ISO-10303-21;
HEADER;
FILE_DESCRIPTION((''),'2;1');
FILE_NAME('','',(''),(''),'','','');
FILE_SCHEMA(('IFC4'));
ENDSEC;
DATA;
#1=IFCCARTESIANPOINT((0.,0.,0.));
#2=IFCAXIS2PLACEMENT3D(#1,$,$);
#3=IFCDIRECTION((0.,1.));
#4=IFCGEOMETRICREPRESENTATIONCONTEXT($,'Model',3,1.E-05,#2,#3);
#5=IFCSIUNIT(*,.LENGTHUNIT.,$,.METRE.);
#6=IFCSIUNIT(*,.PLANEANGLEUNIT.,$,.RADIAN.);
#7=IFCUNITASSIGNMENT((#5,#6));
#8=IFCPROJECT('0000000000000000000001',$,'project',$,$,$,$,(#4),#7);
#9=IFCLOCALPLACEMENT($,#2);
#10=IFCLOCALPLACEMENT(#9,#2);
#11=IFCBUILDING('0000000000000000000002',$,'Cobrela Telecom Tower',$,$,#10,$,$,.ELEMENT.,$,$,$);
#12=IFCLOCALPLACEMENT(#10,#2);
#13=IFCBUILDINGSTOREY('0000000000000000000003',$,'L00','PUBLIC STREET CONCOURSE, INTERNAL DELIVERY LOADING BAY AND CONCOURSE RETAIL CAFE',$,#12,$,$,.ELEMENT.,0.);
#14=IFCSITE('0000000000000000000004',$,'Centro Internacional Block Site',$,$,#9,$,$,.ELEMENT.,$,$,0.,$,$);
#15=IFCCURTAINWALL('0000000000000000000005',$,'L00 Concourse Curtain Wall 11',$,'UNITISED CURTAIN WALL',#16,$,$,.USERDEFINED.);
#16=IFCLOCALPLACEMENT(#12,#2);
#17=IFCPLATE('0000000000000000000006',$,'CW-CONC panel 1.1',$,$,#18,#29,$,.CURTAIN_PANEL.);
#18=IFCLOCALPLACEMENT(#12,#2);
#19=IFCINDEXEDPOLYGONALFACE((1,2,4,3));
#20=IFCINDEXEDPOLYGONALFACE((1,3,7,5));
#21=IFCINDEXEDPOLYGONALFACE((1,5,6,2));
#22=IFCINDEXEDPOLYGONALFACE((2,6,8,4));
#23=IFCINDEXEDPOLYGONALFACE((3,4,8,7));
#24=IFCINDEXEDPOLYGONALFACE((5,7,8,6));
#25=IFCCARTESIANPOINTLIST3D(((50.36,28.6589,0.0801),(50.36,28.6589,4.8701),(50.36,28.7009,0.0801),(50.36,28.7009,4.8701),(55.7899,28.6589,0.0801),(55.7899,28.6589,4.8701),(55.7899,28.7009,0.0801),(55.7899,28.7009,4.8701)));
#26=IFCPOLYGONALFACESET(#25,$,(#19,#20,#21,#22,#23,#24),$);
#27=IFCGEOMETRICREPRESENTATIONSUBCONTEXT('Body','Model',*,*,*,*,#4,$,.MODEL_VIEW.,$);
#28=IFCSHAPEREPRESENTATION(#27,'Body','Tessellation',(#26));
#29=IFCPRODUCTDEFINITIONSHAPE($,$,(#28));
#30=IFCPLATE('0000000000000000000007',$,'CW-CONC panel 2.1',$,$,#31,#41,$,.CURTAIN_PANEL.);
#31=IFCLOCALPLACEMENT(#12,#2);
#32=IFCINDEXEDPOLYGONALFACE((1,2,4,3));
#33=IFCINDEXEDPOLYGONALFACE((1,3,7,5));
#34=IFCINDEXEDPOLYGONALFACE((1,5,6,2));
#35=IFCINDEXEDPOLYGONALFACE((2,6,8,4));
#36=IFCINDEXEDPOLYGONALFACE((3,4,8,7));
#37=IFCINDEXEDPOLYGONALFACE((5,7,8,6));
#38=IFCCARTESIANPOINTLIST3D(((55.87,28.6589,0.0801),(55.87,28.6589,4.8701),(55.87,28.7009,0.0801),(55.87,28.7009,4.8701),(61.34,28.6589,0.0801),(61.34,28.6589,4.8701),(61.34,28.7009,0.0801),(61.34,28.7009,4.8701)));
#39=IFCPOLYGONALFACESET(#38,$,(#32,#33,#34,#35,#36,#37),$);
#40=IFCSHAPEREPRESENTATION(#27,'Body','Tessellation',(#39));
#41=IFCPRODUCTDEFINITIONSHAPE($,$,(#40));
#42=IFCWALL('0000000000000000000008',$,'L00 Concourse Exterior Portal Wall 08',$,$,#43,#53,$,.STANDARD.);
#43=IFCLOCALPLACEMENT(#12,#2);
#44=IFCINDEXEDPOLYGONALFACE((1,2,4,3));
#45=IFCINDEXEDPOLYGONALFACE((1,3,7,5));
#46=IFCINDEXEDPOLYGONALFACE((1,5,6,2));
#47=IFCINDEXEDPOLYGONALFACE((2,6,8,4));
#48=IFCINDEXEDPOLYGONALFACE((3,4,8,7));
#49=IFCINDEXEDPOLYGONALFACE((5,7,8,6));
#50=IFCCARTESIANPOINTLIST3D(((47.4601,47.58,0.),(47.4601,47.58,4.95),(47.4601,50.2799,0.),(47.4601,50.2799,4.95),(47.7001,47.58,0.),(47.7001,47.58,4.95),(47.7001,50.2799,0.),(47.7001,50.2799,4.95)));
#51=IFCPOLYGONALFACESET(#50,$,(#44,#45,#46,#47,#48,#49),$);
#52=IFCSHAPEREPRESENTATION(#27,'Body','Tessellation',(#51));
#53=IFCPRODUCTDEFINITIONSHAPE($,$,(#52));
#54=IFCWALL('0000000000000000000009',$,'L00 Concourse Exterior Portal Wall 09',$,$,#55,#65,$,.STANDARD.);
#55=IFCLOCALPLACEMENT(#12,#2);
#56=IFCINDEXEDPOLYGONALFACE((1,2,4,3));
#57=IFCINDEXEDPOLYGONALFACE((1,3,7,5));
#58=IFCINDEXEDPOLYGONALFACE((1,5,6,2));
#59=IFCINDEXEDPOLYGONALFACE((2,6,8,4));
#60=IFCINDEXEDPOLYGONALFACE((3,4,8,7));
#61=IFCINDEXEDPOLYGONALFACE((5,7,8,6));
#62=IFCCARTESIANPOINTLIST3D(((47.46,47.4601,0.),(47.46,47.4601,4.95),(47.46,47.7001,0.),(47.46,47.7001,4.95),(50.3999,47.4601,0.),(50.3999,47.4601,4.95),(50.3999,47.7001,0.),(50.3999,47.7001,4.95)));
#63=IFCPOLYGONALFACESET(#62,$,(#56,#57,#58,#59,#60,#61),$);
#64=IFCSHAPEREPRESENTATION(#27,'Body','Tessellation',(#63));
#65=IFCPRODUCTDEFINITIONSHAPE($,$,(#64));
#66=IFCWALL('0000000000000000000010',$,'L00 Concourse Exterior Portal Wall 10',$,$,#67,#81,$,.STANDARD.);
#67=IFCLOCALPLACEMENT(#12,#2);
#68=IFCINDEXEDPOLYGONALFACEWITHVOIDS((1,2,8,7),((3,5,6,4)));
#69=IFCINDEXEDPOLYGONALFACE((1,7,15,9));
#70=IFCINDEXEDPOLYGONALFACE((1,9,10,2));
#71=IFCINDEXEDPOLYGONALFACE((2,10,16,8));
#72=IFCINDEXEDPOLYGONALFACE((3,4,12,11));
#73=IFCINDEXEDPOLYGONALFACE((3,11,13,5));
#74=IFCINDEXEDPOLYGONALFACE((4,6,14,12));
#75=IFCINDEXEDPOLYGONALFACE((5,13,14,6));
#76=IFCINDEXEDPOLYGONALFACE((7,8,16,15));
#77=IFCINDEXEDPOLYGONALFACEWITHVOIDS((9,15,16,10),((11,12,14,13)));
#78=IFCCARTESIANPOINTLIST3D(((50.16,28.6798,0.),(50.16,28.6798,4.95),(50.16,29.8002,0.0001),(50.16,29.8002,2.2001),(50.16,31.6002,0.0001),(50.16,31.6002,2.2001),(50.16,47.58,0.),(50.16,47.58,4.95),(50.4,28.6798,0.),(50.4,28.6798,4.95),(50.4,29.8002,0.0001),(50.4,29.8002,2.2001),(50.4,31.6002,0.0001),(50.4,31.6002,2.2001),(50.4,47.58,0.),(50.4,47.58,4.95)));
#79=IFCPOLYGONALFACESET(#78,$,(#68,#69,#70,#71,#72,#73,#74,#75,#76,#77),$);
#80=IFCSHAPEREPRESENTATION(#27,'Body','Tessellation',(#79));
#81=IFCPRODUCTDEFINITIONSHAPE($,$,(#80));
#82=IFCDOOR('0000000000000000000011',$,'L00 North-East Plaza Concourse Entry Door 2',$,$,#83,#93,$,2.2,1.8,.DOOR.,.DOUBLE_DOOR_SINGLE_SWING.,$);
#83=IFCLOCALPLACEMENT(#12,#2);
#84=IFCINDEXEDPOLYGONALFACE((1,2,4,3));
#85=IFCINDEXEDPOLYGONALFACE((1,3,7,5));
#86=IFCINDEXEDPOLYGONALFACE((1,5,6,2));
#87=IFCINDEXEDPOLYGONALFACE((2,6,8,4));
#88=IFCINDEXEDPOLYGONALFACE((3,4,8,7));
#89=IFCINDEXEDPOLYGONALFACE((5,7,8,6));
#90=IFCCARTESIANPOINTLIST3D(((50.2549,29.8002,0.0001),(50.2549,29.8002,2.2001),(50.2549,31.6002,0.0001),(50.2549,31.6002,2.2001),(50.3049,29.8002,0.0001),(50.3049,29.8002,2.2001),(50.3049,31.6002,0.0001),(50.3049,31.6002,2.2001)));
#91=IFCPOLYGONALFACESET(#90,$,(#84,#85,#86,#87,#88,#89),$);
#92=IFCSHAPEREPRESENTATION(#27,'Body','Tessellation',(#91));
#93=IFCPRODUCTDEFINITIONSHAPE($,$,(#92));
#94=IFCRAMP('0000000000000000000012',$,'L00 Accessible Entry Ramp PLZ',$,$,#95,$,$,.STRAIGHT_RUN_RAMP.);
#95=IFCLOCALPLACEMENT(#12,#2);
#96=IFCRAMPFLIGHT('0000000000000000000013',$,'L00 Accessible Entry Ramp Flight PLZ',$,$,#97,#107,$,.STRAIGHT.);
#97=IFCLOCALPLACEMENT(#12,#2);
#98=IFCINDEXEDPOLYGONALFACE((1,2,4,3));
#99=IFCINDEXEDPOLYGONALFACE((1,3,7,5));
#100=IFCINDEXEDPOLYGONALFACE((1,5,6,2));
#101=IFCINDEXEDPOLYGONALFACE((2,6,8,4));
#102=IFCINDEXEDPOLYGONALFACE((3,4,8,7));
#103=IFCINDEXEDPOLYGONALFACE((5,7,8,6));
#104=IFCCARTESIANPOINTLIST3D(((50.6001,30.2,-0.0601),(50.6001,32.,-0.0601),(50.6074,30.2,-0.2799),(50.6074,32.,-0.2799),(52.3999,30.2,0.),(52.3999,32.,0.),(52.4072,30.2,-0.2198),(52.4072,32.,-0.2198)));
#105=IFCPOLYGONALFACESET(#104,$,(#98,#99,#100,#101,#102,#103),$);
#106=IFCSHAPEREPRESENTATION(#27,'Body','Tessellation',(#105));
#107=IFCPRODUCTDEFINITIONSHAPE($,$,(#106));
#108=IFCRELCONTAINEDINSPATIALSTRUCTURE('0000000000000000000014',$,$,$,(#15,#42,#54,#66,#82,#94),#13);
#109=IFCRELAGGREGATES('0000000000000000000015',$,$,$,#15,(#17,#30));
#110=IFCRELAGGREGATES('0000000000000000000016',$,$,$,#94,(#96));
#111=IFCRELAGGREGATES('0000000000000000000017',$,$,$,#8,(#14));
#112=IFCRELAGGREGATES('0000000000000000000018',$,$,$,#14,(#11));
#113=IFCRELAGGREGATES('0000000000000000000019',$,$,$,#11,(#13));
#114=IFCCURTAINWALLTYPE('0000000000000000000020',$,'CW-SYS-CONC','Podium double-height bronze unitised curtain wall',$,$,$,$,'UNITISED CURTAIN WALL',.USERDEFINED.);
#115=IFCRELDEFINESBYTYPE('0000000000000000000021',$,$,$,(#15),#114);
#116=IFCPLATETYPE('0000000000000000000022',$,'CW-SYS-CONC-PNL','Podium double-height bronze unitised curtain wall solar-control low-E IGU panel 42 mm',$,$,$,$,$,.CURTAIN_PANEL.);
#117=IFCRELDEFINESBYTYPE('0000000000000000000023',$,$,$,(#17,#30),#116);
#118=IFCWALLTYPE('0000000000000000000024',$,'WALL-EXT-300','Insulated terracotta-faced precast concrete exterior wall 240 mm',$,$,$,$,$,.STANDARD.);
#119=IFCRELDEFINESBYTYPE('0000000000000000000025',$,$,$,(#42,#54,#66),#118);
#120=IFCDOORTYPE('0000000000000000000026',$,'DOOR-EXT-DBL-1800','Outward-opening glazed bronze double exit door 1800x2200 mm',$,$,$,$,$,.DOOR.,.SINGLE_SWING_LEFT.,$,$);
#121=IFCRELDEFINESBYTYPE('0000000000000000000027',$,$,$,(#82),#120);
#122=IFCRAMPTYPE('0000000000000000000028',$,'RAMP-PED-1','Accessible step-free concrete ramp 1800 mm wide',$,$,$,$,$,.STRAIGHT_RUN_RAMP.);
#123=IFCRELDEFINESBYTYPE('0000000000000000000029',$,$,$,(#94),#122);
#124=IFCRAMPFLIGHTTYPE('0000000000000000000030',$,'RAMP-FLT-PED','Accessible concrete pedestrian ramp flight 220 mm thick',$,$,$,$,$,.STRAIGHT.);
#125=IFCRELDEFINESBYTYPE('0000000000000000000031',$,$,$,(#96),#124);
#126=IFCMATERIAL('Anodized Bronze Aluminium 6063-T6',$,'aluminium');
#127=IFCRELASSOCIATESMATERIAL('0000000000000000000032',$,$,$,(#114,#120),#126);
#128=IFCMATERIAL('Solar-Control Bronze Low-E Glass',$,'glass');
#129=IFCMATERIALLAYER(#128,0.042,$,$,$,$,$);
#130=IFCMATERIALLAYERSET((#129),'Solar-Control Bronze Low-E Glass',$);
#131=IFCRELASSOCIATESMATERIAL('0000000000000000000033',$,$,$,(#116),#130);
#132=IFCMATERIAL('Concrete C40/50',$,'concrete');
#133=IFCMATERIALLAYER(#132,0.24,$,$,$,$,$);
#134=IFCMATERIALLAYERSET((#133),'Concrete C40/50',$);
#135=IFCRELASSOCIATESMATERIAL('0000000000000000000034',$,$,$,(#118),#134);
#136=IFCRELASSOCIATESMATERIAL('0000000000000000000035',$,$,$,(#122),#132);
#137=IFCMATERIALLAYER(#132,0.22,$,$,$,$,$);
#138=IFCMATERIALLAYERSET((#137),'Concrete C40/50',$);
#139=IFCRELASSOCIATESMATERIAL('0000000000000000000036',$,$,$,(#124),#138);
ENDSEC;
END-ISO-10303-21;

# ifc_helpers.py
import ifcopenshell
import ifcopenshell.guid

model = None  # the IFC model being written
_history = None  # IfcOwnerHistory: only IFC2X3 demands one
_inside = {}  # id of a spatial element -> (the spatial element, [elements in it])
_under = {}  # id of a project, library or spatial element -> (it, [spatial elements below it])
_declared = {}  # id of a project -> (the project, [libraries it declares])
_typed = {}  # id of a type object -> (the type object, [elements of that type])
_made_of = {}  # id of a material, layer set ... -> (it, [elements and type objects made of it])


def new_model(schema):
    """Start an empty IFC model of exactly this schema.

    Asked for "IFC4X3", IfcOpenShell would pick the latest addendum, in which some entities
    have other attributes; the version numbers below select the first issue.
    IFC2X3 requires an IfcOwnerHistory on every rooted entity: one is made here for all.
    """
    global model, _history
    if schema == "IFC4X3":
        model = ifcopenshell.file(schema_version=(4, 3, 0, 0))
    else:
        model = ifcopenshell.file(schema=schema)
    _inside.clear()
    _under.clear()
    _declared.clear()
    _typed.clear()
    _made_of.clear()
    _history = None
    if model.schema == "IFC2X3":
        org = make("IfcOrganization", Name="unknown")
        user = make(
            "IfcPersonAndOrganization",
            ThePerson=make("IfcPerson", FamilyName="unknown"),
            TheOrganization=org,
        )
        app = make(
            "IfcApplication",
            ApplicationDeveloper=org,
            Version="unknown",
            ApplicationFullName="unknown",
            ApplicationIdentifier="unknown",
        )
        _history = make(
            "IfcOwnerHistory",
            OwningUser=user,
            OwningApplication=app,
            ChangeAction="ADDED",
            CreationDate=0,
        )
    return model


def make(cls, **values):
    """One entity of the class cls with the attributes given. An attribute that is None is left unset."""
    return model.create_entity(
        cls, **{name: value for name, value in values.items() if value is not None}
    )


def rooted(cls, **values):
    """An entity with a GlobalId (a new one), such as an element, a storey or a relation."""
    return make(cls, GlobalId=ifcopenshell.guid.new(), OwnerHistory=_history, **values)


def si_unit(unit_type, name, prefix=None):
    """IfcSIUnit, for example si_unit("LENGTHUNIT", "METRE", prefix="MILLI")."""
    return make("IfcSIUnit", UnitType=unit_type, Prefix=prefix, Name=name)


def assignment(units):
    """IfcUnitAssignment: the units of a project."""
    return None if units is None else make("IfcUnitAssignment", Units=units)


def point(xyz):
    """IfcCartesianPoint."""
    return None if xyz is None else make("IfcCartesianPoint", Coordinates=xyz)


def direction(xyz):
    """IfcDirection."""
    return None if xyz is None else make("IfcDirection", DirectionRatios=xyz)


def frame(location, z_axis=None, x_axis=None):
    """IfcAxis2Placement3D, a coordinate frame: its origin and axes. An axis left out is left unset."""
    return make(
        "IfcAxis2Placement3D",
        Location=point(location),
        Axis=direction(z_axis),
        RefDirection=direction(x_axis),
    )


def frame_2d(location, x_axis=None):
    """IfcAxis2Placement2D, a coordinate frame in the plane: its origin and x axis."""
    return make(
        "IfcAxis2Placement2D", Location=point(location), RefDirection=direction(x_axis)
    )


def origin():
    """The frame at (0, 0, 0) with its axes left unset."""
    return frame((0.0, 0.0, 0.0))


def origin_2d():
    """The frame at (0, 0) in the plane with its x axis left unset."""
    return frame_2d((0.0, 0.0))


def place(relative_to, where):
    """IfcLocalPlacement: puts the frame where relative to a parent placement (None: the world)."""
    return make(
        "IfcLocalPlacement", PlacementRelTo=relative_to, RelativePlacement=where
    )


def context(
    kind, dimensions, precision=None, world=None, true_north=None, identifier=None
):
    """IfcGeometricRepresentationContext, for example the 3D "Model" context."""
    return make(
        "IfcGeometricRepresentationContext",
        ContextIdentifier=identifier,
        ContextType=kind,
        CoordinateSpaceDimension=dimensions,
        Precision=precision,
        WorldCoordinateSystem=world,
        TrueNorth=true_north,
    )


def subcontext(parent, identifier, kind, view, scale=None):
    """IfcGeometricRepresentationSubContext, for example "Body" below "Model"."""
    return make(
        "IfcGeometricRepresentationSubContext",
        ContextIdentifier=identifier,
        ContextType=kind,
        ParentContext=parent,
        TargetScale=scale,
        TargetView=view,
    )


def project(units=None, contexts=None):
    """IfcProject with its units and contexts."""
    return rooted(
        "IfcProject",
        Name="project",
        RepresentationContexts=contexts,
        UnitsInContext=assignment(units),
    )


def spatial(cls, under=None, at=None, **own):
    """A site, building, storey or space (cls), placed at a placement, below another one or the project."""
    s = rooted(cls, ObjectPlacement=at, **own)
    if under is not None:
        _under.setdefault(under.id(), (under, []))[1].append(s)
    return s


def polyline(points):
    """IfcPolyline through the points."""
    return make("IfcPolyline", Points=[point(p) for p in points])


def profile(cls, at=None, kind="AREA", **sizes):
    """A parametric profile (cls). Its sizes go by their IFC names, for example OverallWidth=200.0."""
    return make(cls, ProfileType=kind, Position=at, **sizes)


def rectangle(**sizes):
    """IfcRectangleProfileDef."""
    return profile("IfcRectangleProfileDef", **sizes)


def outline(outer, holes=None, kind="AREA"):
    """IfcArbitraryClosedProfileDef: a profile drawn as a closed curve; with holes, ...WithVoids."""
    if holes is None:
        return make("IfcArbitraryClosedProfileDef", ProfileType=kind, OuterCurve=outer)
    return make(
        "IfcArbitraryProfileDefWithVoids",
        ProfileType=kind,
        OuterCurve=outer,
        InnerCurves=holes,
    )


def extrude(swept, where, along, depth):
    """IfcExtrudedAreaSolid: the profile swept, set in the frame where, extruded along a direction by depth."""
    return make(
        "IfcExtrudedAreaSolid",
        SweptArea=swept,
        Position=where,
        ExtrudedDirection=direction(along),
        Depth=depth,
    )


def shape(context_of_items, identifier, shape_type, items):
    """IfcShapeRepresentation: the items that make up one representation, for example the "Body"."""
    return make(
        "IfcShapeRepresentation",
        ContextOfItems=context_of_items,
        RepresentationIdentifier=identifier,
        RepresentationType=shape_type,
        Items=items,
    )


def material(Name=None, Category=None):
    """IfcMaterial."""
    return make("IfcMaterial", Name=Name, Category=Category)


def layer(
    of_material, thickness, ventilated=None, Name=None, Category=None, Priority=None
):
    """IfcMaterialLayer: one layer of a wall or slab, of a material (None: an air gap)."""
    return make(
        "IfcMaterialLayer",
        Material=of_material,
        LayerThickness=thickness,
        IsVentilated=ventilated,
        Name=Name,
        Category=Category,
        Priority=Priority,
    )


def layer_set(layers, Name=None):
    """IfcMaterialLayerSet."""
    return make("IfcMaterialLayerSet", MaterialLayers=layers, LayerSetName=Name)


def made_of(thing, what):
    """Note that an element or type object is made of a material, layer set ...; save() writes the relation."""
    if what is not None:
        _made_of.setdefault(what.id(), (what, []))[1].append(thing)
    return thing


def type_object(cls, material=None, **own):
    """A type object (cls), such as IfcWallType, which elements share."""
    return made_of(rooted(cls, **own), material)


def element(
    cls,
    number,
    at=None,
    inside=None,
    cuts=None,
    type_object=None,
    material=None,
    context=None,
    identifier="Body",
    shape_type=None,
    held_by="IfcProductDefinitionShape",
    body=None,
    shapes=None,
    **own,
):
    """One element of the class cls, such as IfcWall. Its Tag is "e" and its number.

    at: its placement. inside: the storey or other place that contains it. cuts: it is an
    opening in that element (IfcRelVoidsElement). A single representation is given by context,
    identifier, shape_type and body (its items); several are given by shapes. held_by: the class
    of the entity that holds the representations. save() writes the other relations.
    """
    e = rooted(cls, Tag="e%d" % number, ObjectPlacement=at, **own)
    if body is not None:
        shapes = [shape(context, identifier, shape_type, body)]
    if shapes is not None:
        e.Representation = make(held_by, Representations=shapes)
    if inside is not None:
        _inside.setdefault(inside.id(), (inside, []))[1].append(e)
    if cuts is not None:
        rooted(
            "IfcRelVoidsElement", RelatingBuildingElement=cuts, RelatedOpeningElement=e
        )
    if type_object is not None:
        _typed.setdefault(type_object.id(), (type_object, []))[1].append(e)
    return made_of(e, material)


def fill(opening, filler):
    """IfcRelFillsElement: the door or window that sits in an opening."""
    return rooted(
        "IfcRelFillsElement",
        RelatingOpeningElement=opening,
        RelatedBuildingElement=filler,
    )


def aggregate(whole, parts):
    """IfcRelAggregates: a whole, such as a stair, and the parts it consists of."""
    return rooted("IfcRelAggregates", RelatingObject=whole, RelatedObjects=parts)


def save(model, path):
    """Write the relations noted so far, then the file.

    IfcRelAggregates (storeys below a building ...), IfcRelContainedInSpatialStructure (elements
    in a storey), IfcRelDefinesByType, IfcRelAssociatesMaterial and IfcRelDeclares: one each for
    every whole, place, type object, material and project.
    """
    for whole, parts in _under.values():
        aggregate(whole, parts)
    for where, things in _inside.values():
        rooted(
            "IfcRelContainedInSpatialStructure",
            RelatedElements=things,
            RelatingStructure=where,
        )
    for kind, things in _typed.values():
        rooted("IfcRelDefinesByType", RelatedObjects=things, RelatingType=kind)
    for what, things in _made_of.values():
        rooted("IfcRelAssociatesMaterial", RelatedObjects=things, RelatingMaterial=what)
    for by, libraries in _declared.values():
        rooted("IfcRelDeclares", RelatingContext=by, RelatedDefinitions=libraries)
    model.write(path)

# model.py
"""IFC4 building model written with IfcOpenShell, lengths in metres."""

from ifc_helpers import new_model, si_unit, direction, frame, frame_2d, origin, origin_2d, place, context, subcontext, project, spatial, polyline, rectangle, outline, extrude, material, layer, layer_set, type_object, element, fill, aggregate, save


model = new_model("IFC4")

# Units and contexts
model_context = context("Model", 3, precision=1e-05, world=origin(), true_north=direction((0.0, 1.0)))
body_context = subcontext(model_context, "Body", "Model", "MODEL_VIEW")
ifc_project = project(units=[si_unit("LENGTHUNIT", "METRE"), si_unit("PLANEANGLEUNIT", "RADIAN")], contexts=[model_context])

# Site, building, storey
site_placement = place(None, origin())
site = spatial("IfcSite", under=ifc_project, at=site_placement, Name="Centro Internacional Block Site", CompositionType="ELEMENT", RefElevation=0.0)
building_placement = place(site_placement, origin())
building = spatial("IfcBuilding", under=site, at=building_placement, Name="Cobrela Telecom Tower", CompositionType="ELEMENT")
storey_placement = place(building_placement, origin())
storey = spatial("IfcBuildingStorey", under=building, at=storey_placement, Name="L00", Description="PUBLIC STREET CONCOURSE, INTERNAL DELIVERY LOADING BAY AND CONCOURSE RETAIL CAFE", CompositionType="ELEMENT", Elevation=0.0)

# Shared definitions
ifc_material_1 = material(Name="Concrete C40/50", Category="concrete")

# Curtain wall, plates
ifc_material_2 = material(Name="Anodized Bronze Aluminium 6063-T6", Category="aluminium")
curtain_wall_type = type_object("IfcCurtainWallType", Name="CW-SYS-CONC", Description="Podium double-height bronze unitised curtain wall", ElementType="UNITISED CURTAIN WALL", PredefinedType="USERDEFINED", material=ifc_material_2)
curtain_wall_placement = place(storey_placement, origin())
curtain_wall = element("IfcCurtainWall", 1, at=curtain_wall_placement, inside=storey, type_object=curtain_wall_type, Name="L00 Concourse Curtain Wall 11", ObjectType="UNITISED CURTAIN WALL", PredefinedType="USERDEFINED")
ifc_material_3 = material(Name="Solar-Control Bronze Low-E Glass", Category="glass")
ifc_layer_1 = layer(ifc_material_3, 0.042)
ifc_layer_set_1 = layer_set([ifc_layer_1], Name="Solar-Control Bronze Low-E Glass")
plate_type = type_object("IfcPlateType", Name="CW-SYS-CONC-PNL", Description="Podium double-height bronze unitised curtain wall solar-control low-E IGU panel 42 mm", PredefinedType="CURTAIN_PANEL", material=ifc_layer_set_1)
plate_1_placement = place(storey_placement, frame((53.075, 28.6799, 0.0801), z_axis=(0.0, 0.0, 1.0), x_axis=(1.0, 0.0, 0.0)))
plate_1 = element("IfcPlate", 2, at=plate_1_placement, type_object=plate_type, Name="CW-CONC panel 1.1", PredefinedType="CURTAIN_PANEL", context=body_context, shape_type="SweptSolid", body=[
    extrude(rectangle(XDim=5.4299, YDim=0.042, at=origin_2d()), origin(), (0.0, 0.0, 1.0), 4.79),
])
plate_2_placement = place(storey_placement, frame((58.605, 28.6799, 0.0801), z_axis=(0.0, 0.0, 1.0), x_axis=(1.0, 0.0, 0.0)))
plate_2 = element("IfcPlate", 3, at=plate_2_placement, type_object=plate_type, Name="CW-CONC panel 2.1", PredefinedType="CURTAIN_PANEL", context=body_context, shape_type="SweptSolid", body=[
    extrude(rectangle(XDim=5.47, YDim=0.042, at=origin_2d()), origin(), (0.0, 0.0, 1.0), 4.79),
])
aggregate(curtain_wall, [plate_1, plate_2])

# Walls
ifc_layer_2 = layer(ifc_material_1, 0.24)
ifc_layer_set_2 = layer_set([ifc_layer_2], Name="Concrete C40/50")
wall_type = type_object("IfcWallType", Name="WALL-EXT-300", Description="Insulated terracotta-faced precast concrete exterior wall 240 mm", PredefinedType="STANDARD", material=ifc_layer_set_2)
wall_1_placement = place(storey_placement, frame((47.5801, 50.28, 0.0), z_axis=(0.0, 0.0, 1.0), x_axis=(0.0, -1.0, 0.0)))
element("IfcWall", 4, at=wall_1_placement, inside=storey, type_object=wall_type, Name="L00 Concourse Exterior Portal Wall 08", PredefinedType="STANDARD", context=body_context, shape_type="SweptSolid", body=[
    extrude(rectangle(XDim=2.7, YDim=0.24, at=frame_2d((1.3501, 0.0))), origin(), (0.0, 0.0, 1.0), 4.95),
])
wall_2_placement = place(storey_placement, frame((47.46, 47.5801, 0.0), z_axis=(0.0, 0.0, 1.0), x_axis=(1.0, 0.0, 0.0)))
element("IfcWall", 5, at=wall_2_placement, inside=storey, type_object=wall_type, Name="L00 Concourse Exterior Portal Wall 09", PredefinedType="STANDARD", context=body_context, shape_type="SweptSolid", body=[
    extrude(rectangle(XDim=2.9399, YDim=0.24, at=frame_2d((1.47, 0.0))), origin(), (0.0, 0.0, 1.0), 4.95),
])

# Wall, opening, door
wall_3_placement = place(storey_placement, frame((50.28, 47.5801, 0.0), z_axis=(0.0, 0.0, 1.0), x_axis=(0.0, -1.0, 0.0)))
wall_3 = element("IfcWall", 6, at=wall_3_placement, inside=storey, type_object=wall_type, Name="L00 Concourse Exterior Portal Wall 10", PredefinedType="STANDARD", context=body_context, shape_type="SweptSolid", body=[
    extrude(rectangle(XDim=18.9001, YDim=0.24, at=frame_2d((9.4502, 0.0))), origin(), (0.0, 0.0, 1.0), 4.95),
])
opening_placement = place(wall_3_placement, frame((15.98, 0.0, 0.0)))
opening = element("IfcOpeningElement", 7, at=opening_placement, cuts=wall_3, PredefinedType="OPENING", context=body_context, shape_type="SweptSolid", body=[
    extrude(rectangle(XDim=1.8, YDim=2.2, at=frame_2d((0.8999, 1.1001))), frame((0.0, 0.1318, 0.0), z_axis=(0.0, -1.0, 0.0), x_axis=(1.0, 0.0, 0.0)), (0.0, 0.0, 1.0), 0.2639),
])
door_type = type_object("IfcDoorType", Name="DOOR-EXT-DBL-1800", Description="Outward-opening glazed bronze double exit door 1800x2200 mm", OperationType="SINGLE_SWING_LEFT", PredefinedType="DOOR", material=ifc_material_2)
door_placement = place(opening_placement, origin())
door = element("IfcDoor", 8, at=door_placement, inside=storey, type_object=door_type, Name="L00 North-East Plaza Concourse Entry Door 2", OperationType="DOUBLE_DOOR_SINGLE_SWING", OverallHeight=2.2, OverallWidth=1.8, PredefinedType="DOOR", context=body_context, shape_type="SweptSolid", body=[
    extrude(rectangle(XDim=1.8, YDim=2.2, at=frame_2d((0.8999, 1.1001))), frame((0.0, 0.0249, 0.0), z_axis=(0.0, -1.0, 0.0), x_axis=(1.0, 0.0, 0.0)), (0.0, 0.0, 1.0), 0.05),
])
fill(opening, door)

# Ramp, ramp flight
ramp_type = type_object("IfcRampType", Name="RAMP-PED-1", Description="Accessible step-free concrete ramp 1800 mm wide", PredefinedType="STRAIGHT_RUN_RAMP", material=ifc_material_1)
ramp_placement = place(storey_placement, origin())
ramp = element("IfcRamp", 9, at=ramp_placement, inside=storey, type_object=ramp_type, Name="L00 Accessible Entry Ramp PLZ", PredefinedType="STRAIGHT_RUN_RAMP")
ifc_layer_3 = layer(ifc_material_1, 0.22)
ifc_layer_set_3 = layer_set([ifc_layer_3], Name="Concrete C40/50")
ramp_flight_type = type_object("IfcRampFlightType", Name="RAMP-FLT-PED", Description="Accessible concrete pedestrian ramp flight 220 mm thick", PredefinedType="STRAIGHT", material=ifc_layer_set_3)
ramp_flight_placement = place(storey_placement, frame((50.6001, 30.2, -0.0601), z_axis=(-0.033351, 0.0, 0.999444), x_axis=(0.999444, 0.0, 0.033351)))
ramp_flight = element("IfcRampFlight", 10, at=ramp_flight_placement, type_object=ramp_flight_type, Name="L00 Accessible Entry Ramp Flight PLZ", PredefinedType="STRAIGHT", context=body_context, shape_type="SweptSolid", body=[
    extrude(outline(polyline([(0.0, 0.0), (1.8008, 0.0), (1.8008, 1.8), (0.0, 1.8), (0.0, 0.0)])), origin(), (0.0, 0.0, -1.0), 0.22),
])
aggregate(ramp, [ramp_flight])

save(model, "model.ifc")
